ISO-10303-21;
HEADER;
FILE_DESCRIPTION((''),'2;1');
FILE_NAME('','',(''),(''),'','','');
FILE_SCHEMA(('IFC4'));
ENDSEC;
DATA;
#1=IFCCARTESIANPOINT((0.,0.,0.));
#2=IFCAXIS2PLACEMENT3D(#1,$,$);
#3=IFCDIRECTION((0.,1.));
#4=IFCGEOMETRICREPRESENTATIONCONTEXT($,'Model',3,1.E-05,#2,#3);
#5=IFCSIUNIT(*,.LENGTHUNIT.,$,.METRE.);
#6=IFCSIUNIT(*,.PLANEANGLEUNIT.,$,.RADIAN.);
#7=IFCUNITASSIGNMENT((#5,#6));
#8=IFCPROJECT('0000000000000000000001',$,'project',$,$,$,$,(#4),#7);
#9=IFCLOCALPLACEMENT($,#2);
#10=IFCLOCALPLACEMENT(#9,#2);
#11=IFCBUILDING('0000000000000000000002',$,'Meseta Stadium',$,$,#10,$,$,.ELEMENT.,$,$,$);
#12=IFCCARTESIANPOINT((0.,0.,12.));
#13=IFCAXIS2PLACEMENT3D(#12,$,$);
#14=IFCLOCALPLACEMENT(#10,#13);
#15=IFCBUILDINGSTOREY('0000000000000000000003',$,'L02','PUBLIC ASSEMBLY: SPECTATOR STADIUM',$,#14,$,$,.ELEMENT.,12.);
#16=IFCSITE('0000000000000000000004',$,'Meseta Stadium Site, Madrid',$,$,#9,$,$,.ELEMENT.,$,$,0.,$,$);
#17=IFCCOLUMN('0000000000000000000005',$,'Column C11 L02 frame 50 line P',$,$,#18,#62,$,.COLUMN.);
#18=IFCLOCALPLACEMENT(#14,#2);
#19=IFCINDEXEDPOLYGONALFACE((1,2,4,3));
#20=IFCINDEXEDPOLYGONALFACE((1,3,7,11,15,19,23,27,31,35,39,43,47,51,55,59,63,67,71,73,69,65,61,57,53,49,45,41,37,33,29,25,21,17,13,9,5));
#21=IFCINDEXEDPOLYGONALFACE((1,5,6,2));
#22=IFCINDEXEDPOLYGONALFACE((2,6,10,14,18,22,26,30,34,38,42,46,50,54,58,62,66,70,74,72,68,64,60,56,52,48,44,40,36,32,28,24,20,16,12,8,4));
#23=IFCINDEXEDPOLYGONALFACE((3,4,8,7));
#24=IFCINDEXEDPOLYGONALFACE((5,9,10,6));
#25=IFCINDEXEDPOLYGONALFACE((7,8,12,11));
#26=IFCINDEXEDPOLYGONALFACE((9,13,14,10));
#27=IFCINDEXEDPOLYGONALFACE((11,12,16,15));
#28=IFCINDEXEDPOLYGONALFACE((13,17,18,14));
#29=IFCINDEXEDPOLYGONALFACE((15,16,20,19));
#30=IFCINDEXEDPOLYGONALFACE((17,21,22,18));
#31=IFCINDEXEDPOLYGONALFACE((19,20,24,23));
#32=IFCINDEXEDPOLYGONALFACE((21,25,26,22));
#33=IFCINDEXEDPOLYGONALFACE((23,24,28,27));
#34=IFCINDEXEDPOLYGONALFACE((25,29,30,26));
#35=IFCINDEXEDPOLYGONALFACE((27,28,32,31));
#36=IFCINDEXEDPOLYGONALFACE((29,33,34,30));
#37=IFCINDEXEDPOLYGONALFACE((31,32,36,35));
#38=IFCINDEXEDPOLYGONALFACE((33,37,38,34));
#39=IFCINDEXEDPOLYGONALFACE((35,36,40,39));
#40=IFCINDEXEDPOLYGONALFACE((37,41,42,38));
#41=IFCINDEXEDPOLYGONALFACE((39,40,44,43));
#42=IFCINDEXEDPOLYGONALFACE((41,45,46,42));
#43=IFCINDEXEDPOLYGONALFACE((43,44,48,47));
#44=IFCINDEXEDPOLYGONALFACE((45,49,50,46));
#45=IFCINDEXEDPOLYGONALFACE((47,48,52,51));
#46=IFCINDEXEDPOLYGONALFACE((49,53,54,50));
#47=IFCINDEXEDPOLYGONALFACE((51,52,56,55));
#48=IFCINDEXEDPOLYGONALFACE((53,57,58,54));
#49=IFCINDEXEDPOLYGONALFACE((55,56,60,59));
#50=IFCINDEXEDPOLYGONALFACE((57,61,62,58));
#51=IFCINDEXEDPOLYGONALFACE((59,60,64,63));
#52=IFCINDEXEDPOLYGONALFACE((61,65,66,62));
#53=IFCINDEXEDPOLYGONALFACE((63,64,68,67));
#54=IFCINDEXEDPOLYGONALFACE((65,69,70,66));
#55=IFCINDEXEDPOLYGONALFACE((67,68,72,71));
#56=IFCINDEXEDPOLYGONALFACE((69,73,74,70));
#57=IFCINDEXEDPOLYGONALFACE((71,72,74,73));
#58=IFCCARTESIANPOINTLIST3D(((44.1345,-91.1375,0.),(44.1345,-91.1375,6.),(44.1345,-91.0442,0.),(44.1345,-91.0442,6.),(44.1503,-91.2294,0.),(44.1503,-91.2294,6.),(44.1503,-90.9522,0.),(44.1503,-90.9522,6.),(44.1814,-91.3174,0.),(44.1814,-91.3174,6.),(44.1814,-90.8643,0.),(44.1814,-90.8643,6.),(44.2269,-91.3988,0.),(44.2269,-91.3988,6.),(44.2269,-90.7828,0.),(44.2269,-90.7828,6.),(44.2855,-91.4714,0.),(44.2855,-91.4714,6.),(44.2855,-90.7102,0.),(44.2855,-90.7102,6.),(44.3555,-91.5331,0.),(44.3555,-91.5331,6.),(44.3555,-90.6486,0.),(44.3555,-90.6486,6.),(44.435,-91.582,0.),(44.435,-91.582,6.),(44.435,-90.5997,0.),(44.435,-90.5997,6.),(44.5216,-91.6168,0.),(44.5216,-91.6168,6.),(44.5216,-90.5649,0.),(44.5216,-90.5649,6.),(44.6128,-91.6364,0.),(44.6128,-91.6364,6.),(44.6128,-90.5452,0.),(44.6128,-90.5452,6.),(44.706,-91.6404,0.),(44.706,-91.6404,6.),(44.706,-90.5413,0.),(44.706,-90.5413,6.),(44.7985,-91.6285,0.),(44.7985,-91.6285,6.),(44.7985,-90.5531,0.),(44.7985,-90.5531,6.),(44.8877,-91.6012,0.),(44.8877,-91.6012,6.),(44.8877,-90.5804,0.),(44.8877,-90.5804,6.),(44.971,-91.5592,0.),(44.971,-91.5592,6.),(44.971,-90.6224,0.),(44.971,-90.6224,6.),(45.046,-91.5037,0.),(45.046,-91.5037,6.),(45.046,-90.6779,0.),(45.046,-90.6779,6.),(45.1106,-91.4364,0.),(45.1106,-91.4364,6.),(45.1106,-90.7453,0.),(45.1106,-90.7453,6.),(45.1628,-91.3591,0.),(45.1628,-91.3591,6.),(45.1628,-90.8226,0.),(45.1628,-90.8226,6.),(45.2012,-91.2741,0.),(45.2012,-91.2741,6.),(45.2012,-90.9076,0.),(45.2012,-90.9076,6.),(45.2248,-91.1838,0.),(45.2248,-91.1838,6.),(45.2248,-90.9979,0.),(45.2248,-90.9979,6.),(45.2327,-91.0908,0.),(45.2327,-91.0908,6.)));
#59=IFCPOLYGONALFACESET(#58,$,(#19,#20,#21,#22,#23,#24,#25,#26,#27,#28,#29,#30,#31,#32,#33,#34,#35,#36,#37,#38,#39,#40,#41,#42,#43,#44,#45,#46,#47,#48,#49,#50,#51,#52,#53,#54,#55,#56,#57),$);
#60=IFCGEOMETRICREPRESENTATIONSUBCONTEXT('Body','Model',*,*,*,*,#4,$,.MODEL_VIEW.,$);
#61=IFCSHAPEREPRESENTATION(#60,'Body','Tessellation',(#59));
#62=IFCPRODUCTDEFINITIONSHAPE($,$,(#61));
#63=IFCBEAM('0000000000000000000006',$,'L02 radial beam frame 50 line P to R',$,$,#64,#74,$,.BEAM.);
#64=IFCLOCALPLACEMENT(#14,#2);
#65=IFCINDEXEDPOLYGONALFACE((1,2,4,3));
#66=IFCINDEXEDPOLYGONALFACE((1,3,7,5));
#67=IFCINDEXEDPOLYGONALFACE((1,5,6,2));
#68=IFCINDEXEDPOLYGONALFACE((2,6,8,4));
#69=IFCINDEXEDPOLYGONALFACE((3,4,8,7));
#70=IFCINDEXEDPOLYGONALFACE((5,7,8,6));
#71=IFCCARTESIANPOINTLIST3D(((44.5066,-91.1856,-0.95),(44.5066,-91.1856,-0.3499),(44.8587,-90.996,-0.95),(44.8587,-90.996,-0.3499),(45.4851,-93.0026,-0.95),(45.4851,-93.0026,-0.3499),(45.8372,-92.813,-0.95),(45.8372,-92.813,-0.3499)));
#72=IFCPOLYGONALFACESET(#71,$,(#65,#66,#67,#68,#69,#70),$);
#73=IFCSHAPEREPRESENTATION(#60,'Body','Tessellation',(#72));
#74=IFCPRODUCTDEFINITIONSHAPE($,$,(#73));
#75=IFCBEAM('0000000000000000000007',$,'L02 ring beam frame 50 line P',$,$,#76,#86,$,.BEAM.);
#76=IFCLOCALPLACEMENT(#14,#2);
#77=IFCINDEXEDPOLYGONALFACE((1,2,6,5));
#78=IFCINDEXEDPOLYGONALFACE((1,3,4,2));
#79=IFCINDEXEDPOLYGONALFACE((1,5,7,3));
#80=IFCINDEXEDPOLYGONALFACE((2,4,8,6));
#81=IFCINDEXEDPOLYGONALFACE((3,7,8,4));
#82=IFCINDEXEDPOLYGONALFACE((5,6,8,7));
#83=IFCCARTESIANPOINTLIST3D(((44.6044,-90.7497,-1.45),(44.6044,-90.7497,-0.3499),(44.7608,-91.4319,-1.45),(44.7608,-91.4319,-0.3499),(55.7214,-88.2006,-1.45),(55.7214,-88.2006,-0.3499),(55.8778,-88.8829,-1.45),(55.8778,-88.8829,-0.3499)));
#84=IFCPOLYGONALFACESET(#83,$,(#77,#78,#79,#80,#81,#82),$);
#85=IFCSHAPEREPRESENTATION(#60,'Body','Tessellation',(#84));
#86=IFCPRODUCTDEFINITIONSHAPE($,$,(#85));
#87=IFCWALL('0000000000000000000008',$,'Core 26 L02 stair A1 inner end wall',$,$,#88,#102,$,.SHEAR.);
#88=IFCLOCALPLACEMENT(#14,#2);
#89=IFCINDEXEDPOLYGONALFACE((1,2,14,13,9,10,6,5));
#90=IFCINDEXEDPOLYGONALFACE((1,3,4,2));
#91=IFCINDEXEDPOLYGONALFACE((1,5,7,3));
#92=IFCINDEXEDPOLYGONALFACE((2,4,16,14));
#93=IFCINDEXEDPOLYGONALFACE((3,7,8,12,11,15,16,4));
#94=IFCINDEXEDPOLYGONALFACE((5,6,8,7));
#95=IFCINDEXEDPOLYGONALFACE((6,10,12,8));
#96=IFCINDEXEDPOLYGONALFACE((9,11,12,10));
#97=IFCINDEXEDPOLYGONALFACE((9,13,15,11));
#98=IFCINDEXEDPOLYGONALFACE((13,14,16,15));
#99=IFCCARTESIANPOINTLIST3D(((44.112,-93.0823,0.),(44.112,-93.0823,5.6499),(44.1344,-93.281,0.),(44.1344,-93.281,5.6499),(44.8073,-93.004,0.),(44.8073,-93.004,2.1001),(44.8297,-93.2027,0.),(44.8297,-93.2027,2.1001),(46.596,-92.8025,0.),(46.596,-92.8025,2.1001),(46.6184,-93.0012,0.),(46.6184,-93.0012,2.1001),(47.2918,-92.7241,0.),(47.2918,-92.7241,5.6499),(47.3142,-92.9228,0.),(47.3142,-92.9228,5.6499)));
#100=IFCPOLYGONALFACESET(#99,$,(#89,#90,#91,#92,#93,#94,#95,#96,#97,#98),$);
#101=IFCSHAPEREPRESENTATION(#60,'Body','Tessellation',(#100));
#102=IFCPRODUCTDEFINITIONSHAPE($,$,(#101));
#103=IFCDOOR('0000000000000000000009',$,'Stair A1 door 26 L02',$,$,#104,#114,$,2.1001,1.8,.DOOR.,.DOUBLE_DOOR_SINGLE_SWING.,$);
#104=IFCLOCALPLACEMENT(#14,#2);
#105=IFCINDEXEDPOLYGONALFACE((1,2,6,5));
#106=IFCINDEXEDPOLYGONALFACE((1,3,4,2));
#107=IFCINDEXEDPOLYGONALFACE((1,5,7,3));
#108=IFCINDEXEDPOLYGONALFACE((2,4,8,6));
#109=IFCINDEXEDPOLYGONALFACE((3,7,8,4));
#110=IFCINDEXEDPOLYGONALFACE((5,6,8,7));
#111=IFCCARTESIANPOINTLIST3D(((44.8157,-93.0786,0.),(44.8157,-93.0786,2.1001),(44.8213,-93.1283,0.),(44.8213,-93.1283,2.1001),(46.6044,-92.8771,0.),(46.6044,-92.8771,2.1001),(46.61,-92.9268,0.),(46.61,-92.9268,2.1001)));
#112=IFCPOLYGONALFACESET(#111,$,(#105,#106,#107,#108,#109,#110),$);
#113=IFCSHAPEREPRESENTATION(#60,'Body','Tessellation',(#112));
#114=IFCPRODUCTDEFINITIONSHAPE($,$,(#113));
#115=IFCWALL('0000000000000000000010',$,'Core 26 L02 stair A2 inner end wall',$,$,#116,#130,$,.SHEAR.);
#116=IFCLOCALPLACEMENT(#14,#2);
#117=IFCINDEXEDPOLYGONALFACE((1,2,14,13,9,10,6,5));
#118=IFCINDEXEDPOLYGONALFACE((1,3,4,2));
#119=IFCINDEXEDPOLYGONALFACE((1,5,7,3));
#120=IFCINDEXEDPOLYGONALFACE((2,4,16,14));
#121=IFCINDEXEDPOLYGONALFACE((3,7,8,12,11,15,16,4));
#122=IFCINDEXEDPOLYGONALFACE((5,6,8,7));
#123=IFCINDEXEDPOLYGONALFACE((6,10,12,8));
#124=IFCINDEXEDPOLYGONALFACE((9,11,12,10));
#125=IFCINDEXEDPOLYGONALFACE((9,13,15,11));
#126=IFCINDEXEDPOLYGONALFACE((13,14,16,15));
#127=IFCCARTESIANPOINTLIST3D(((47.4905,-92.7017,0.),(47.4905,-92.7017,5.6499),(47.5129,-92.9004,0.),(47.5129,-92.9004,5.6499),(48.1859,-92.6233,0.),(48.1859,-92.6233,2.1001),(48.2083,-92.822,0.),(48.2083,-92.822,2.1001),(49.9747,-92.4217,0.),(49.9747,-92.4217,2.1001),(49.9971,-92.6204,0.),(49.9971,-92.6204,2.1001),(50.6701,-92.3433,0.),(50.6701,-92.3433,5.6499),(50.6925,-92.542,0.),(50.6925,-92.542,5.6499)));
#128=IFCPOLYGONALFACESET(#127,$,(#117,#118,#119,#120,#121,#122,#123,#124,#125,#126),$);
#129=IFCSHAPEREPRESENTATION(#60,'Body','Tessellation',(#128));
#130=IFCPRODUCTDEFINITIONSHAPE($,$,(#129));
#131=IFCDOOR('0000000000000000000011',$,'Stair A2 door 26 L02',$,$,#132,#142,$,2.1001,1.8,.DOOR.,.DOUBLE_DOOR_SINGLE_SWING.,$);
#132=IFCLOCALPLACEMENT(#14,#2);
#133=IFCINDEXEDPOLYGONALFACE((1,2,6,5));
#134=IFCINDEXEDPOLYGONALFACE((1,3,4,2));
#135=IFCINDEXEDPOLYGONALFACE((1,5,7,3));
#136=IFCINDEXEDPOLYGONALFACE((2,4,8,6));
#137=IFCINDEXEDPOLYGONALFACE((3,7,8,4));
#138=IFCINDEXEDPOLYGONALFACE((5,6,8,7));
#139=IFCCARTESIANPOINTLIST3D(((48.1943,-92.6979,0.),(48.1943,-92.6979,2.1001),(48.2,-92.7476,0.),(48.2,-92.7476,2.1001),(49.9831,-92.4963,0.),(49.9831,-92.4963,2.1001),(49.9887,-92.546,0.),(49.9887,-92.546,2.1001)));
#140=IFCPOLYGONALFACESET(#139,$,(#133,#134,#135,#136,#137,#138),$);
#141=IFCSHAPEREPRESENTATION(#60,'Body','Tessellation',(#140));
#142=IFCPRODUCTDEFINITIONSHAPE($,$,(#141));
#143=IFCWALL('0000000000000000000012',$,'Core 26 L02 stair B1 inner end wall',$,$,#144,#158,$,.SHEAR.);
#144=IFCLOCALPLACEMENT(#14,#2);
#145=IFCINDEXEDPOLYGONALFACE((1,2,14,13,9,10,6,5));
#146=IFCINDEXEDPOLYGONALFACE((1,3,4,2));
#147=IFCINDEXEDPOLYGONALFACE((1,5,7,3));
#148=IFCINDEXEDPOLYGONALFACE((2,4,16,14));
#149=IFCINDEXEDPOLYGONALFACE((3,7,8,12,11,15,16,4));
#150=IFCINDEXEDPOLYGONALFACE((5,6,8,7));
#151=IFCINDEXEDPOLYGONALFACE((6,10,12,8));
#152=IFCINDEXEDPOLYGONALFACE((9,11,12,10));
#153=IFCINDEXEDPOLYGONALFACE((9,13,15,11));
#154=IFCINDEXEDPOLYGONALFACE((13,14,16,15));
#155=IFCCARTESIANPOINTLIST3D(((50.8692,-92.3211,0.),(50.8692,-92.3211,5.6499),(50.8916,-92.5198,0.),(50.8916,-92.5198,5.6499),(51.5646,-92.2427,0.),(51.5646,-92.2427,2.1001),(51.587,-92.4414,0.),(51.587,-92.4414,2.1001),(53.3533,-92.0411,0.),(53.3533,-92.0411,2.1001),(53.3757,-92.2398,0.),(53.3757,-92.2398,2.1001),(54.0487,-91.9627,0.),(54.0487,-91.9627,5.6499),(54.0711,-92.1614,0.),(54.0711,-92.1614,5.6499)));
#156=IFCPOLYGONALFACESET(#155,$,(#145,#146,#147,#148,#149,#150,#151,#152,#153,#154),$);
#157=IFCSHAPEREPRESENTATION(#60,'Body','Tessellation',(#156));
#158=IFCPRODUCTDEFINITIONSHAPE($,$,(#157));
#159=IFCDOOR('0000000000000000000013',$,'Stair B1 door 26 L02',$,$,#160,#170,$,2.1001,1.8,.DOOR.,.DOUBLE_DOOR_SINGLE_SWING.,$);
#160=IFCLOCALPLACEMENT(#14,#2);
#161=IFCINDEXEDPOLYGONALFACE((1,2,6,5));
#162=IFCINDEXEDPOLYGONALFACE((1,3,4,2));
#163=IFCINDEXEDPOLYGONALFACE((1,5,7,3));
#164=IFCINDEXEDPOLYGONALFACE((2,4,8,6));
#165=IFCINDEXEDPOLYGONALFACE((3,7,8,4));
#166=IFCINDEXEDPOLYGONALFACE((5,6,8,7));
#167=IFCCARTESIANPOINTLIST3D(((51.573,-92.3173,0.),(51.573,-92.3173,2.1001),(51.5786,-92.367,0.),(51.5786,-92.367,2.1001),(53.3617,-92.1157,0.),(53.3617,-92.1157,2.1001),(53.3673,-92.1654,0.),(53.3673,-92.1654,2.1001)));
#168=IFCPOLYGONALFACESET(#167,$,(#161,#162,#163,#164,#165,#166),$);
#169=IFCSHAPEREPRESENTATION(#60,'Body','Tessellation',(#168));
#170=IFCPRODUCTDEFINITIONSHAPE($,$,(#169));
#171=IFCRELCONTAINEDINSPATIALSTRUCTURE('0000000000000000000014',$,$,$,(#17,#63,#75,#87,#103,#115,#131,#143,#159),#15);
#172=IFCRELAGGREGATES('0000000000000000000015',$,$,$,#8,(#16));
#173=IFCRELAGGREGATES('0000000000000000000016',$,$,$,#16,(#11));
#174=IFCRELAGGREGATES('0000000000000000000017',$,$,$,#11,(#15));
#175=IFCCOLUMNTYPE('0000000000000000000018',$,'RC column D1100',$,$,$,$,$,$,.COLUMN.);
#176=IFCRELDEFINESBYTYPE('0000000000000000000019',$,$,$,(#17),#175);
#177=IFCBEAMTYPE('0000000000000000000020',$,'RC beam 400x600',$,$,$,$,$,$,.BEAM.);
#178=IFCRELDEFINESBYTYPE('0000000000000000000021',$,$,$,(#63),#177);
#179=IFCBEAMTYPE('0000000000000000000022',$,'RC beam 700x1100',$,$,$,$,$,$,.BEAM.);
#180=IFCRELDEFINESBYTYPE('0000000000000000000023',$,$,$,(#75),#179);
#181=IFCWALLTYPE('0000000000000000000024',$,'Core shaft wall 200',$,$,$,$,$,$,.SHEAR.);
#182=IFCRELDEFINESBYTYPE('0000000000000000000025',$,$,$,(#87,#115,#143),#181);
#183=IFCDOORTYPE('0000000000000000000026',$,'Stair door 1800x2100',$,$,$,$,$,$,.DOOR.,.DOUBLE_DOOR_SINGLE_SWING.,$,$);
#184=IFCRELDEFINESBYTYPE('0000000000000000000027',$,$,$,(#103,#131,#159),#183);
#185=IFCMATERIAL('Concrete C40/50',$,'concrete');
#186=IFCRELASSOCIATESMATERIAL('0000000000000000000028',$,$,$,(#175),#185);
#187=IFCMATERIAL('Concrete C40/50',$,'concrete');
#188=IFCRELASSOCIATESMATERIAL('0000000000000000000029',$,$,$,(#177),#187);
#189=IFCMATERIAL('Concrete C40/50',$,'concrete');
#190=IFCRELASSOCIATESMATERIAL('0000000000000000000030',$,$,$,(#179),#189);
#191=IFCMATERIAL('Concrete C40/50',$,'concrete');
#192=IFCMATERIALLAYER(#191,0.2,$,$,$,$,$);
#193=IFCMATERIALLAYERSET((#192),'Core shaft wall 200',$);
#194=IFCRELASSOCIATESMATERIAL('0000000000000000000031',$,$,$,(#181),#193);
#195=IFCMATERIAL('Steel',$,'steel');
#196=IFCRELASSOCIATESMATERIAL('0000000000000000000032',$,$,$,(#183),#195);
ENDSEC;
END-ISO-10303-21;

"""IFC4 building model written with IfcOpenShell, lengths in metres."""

from ifc_helpers import new_model, si_unit, direction, frame, frame_2d, origin, origin_2d, place, context, subcontext, project, spatial, rectangle, circle, extrude, material, layer, layer_set, material_profile, profile_set, type_object, element, fill, save


model = new_model("IFC4")

# Units and contexts
model_context = context("Model", 3, precision=1e-05, world=origin(), true_north=direction((0.0, 1.0)))
body_context = subcontext(model_context, "Body", "Model", "MODEL_VIEW")
ifc_project = project(units=[si_unit("LENGTHUNIT", "METRE"), si_unit("PLANEANGLEUNIT", "RADIAN")], contexts=[model_context])

# Site, building, storey
site_placement = place(None, origin())
site = spatial("IfcSite", under=ifc_project, at=site_placement, Name="Meseta Stadium Site, Madrid", CompositionType="ELEMENT", RefElevation=0.0)
building_placement = place(site_placement, origin())
building = spatial("IfcBuilding", under=site, at=building_placement, Name="Meseta Stadium", CompositionType="ELEMENT")
storey_placement = place(building_placement, frame((0.0, 0.0, 12.0)))
storey = spatial("IfcBuildingStorey", under=building, at=storey_placement, Name="L02", Description="PUBLIC ASSEMBLY: SPECTATOR STADIUM", CompositionType="ELEMENT", Elevation=12.0)

# Column
ifc_material_1 = material(Name="Concrete C40/50", Category="concrete")
ifc_material_profile_1 = material_profile(ifc_material_1, circle(Radius=0.55, at=origin_2d()), Name="RC D1100")
ifc_profile_set_1 = profile_set([ifc_material_profile_1], Name="Concrete C40/50")
column_type = type_object("IfcColumnType", Name="RC column D1100", PredefinedType="COLUMN", material=ifc_profile_set_1)
column_placement = place(storey_placement, frame((44.6826, -91.0908, 0.0), z_axis=(0.0, 0.0, 1.0), x_axis=(1.0, 0.0, 0.0)))
element("IfcColumn", 1, at=column_placement, inside=storey, type_object=column_type, Name="Column C11 L02 frame 50 line P", PredefinedType="COLUMN", context=body_context, shape_type="SweptSolid", body=[
    extrude(circle(Radius=0.55, at=origin_2d()), origin(), (0.0, 0.0, 1.0), 6.0),
])

# Beams
ifc_material_2 = material(Name="Concrete C40/50", Category="concrete")
ifc_material_profile_2 = material_profile(ifc_material_2, rectangle(XDim=0.3999, YDim=0.6001, at=origin_2d()), Name="RC 400x600")
ifc_profile_set_2 = profile_set([ifc_material_profile_2], Name="Concrete C40/50")
beam_type_1 = type_object("IfcBeamType", Name="RC beam 400x600", PredefinedType="BEAM", material=ifc_profile_set_2)
beam_1_placement = place(storey_placement, frame((44.6826, -91.0908, -0.6499), z_axis=(0.47417, -0.880433, 0.0), x_axis=(0.880433, 0.47417, 0.0)))
element("IfcBeam", 2, at=beam_1_placement, inside=storey, type_object=beam_type_1, Name="L02 radial beam frame 50 line P to R", PredefinedType="BEAM", context=body_context, shape_type="SweptSolid", body=[
    extrude(rectangle(XDim=0.3999, YDim=0.6001, at=origin_2d()), origin(), (0.0, 0.0, 1.0), 2.0637),
])
ifc_material_3 = material(Name="Concrete C40/50", Category="concrete")
ifc_material_profile_3 = material_profile(ifc_material_3, rectangle(XDim=0.7, YDim=1.1001, at=origin_2d()), Name="RC 700x1100")
ifc_profile_set_3 = profile_set([ifc_material_profile_3], Name="Concrete C40/50")
beam_type_2 = type_object("IfcBeamType", Name="RC beam 700x1100", PredefinedType="BEAM", material=ifc_profile_set_3)
beam_2_placement = place(storey_placement, frame((44.6826, -91.0908, -0.8999), z_axis=(0.974705, 0.223496, 0.0), x_axis=(-0.223496, 0.974705, 0.0)))
element("IfcBeam", 3, at=beam_2_placement, inside=storey, type_object=beam_type_2, Name="L02 ring beam frame 50 line P", PredefinedType="BEAM", context=body_context, shape_type="SweptSolid", body=[
    extrude(rectangle(XDim=0.7, YDim=1.1001, at=origin_2d()), origin(), (0.0, 0.0, 1.0), 11.4055),
])

# Walls, openings, doors
ifc_material_4 = material(Name="Concrete C40/50", Category="concrete")
ifc_layer_1 = layer(ifc_material_4, 0.2)
ifc_layer_set_1 = layer_set([ifc_layer_1], Name="Core shaft wall 200")
wall_type_1 = type_object("IfcWallType", Name="Core shaft wall 200", PredefinedType="SHEAR", material=ifc_layer_set_1)
wall_1_placement = place(storey_placement, frame((44.123, -93.1816, 0.0), z_axis=(0.0, 0.0, 1.0), x_axis=(0.993717, 0.111922, 0.0)))
wall_1 = element("IfcWall", 4, at=wall_1_placement, inside=storey, type_object=wall_type_1, Name="Core 26 L02 stair A1 inner end wall", PredefinedType="SHEAR", context=body_context, shape_type="SweptSolid", body=[
    extrude(rectangle(XDim=3.2, YDim=0.2, at=frame_2d((1.6001, 0.0))), origin(), (0.0, 0.0, 1.0), 5.6499),
])
opening_1_placement = place(wall_1_placement, frame((0.7, 0.0, 0.0)))
opening_1 = element("IfcOpeningElement", 5, at=opening_1_placement, cuts=wall_1, PredefinedType="OPENING", context=body_context, shape_type="SweptSolid", body=[
    extrude(rectangle(XDim=1.8, YDim=2.1001, at=frame_2d((0.8999, 1.05))), frame((0.0, 0.1099, 0.0), z_axis=(0.0, -1.0, 0.0), x_axis=(1.0, 0.0, 0.0)), (0.0, 0.0, 1.0), 0.22),
])
ifc_material_5 = material(Name="Steel", Category="steel")
door_type = type_object("IfcDoorType", Name="Stair door 1800x2100", OperationType="DOUBLE_DOOR_SINGLE_SWING", PredefinedType="DOOR", material=ifc_material_5)
door_1_placement = place(opening_1_placement, origin())
door_1 = element("IfcDoor", 6, at=door_1_placement, inside=storey, type_object=door_type, Name="Stair A1 door 26 L02", OperationType="DOUBLE_DOOR_SINGLE_SWING", OverallHeight=2.1001, OverallWidth=1.8, PredefinedType="DOOR", context=body_context, shape_type="SweptSolid", body=[
    extrude(rectangle(XDim=1.8, YDim=2.1001, at=frame_2d((0.8999, 1.05))), frame((0.0, 0.0249, 0.0), z_axis=(0.0, -1.0, 0.0), x_axis=(1.0, 0.0, 0.0)), (0.0, 0.0, 1.0), 0.05),
])
fill(opening_1, door_1)
wall_2_placement = place(storey_placement, frame((47.5017, -92.801, 0.0), z_axis=(0.0, 0.0, 1.0), x_axis=(0.993708, 0.112006, 0.0)))
wall_2 = element("IfcWall", 7, at=wall_2_placement, inside=storey, type_object=wall_type_1, Name="Core 26 L02 stair A2 inner end wall", PredefinedType="SHEAR", context=body_context, shape_type="SweptSolid", body=[
    extrude(rectangle(XDim=3.1997, YDim=0.2, at=frame_2d((1.5999, 0.0))), origin(), (0.0, 0.0, 1.0), 5.6499),
])
opening_2_placement = place(wall_2_placement, frame((0.7, 0.0, 0.0)))
opening_2 = element("IfcOpeningElement", 8, at=opening_2_placement, cuts=wall_2, PredefinedType="OPENING", context=body_context, shape_type="SweptSolid", body=[
    extrude(rectangle(XDim=1.8, YDim=2.1001, at=frame_2d((0.8999, 1.05))), frame((0.0, 0.1099, 0.0), z_axis=(0.0, -1.0, 0.0), x_axis=(1.0, 0.0, 0.0)), (0.0, 0.0, 1.0), 0.22),
])
door_2_placement = place(opening_2_placement, origin())
door_2 = element("IfcDoor", 9, at=door_2_placement, inside=storey, type_object=door_type, Name="Stair A2 door 26 L02", OperationType="DOUBLE_DOOR_SINGLE_SWING", OverallHeight=2.1001, OverallWidth=1.8, PredefinedType="DOOR", context=body_context, shape_type="SweptSolid", body=[
    extrude(rectangle(XDim=1.8, YDim=2.1001, at=frame_2d((0.8999, 1.05))), frame((0.0, 0.0249, 0.0), z_axis=(0.0, -1.0, 0.0), x_axis=(1.0, 0.0, 0.0)), (0.0, 0.0, 1.0), 0.05),
])
fill(opening_2, door_2)
wall_3_placement = place(storey_placement, frame((50.8804, -92.4204, 0.0), z_axis=(0.0, 0.0, 1.0), x_axis=(0.993708, 0.112006, 0.0)))
wall_3 = element("IfcWall", 10, at=wall_3_placement, inside=storey, type_object=wall_type_1, Name="Core 26 L02 stair B1 inner end wall", PredefinedType="SHEAR", context=body_context, shape_type="SweptSolid", body=[
    extrude(rectangle(XDim=3.1997, YDim=0.2, at=frame_2d((1.5999, 0.0))), origin(), (0.0, 0.0, 1.0), 5.6499),
])
opening_3_placement = place(wall_3_placement, frame((0.7, 0.0, 0.0)))
opening_3 = element("IfcOpeningElement", 11, at=opening_3_placement, cuts=wall_3, PredefinedType="OPENING", context=body_context, shape_type="SweptSolid", body=[
    extrude(rectangle(XDim=1.8, YDim=2.1001, at=frame_2d((0.8999, 1.05))), frame((0.0, 0.1099, 0.0), z_axis=(0.0, -1.0, 0.0), x_axis=(1.0, 0.0, 0.0)), (0.0, 0.0, 1.0), 0.22),
])
door_3_placement = place(opening_3_placement, origin())
door_3 = element("IfcDoor", 12, at=door_3_placement, inside=storey, type_object=door_type, Name="Stair B1 door 26 L02", OperationType="DOUBLE_DOOR_SINGLE_SWING", OverallHeight=2.1001, OverallWidth=1.8, PredefinedType="DOOR", context=body_context, shape_type="SweptSolid", body=[
    extrude(rectangle(XDim=1.8, YDim=2.1001, at=frame_2d((0.8999, 1.05))), frame((0.0, 0.0249, 0.0), z_axis=(0.0, -1.0, 0.0), x_axis=(1.0, 0.0, 0.0)), (0.0, 0.0, 1.0), 0.05),
])
fill(opening_3, door_3)

save(model, "model.ifc")
